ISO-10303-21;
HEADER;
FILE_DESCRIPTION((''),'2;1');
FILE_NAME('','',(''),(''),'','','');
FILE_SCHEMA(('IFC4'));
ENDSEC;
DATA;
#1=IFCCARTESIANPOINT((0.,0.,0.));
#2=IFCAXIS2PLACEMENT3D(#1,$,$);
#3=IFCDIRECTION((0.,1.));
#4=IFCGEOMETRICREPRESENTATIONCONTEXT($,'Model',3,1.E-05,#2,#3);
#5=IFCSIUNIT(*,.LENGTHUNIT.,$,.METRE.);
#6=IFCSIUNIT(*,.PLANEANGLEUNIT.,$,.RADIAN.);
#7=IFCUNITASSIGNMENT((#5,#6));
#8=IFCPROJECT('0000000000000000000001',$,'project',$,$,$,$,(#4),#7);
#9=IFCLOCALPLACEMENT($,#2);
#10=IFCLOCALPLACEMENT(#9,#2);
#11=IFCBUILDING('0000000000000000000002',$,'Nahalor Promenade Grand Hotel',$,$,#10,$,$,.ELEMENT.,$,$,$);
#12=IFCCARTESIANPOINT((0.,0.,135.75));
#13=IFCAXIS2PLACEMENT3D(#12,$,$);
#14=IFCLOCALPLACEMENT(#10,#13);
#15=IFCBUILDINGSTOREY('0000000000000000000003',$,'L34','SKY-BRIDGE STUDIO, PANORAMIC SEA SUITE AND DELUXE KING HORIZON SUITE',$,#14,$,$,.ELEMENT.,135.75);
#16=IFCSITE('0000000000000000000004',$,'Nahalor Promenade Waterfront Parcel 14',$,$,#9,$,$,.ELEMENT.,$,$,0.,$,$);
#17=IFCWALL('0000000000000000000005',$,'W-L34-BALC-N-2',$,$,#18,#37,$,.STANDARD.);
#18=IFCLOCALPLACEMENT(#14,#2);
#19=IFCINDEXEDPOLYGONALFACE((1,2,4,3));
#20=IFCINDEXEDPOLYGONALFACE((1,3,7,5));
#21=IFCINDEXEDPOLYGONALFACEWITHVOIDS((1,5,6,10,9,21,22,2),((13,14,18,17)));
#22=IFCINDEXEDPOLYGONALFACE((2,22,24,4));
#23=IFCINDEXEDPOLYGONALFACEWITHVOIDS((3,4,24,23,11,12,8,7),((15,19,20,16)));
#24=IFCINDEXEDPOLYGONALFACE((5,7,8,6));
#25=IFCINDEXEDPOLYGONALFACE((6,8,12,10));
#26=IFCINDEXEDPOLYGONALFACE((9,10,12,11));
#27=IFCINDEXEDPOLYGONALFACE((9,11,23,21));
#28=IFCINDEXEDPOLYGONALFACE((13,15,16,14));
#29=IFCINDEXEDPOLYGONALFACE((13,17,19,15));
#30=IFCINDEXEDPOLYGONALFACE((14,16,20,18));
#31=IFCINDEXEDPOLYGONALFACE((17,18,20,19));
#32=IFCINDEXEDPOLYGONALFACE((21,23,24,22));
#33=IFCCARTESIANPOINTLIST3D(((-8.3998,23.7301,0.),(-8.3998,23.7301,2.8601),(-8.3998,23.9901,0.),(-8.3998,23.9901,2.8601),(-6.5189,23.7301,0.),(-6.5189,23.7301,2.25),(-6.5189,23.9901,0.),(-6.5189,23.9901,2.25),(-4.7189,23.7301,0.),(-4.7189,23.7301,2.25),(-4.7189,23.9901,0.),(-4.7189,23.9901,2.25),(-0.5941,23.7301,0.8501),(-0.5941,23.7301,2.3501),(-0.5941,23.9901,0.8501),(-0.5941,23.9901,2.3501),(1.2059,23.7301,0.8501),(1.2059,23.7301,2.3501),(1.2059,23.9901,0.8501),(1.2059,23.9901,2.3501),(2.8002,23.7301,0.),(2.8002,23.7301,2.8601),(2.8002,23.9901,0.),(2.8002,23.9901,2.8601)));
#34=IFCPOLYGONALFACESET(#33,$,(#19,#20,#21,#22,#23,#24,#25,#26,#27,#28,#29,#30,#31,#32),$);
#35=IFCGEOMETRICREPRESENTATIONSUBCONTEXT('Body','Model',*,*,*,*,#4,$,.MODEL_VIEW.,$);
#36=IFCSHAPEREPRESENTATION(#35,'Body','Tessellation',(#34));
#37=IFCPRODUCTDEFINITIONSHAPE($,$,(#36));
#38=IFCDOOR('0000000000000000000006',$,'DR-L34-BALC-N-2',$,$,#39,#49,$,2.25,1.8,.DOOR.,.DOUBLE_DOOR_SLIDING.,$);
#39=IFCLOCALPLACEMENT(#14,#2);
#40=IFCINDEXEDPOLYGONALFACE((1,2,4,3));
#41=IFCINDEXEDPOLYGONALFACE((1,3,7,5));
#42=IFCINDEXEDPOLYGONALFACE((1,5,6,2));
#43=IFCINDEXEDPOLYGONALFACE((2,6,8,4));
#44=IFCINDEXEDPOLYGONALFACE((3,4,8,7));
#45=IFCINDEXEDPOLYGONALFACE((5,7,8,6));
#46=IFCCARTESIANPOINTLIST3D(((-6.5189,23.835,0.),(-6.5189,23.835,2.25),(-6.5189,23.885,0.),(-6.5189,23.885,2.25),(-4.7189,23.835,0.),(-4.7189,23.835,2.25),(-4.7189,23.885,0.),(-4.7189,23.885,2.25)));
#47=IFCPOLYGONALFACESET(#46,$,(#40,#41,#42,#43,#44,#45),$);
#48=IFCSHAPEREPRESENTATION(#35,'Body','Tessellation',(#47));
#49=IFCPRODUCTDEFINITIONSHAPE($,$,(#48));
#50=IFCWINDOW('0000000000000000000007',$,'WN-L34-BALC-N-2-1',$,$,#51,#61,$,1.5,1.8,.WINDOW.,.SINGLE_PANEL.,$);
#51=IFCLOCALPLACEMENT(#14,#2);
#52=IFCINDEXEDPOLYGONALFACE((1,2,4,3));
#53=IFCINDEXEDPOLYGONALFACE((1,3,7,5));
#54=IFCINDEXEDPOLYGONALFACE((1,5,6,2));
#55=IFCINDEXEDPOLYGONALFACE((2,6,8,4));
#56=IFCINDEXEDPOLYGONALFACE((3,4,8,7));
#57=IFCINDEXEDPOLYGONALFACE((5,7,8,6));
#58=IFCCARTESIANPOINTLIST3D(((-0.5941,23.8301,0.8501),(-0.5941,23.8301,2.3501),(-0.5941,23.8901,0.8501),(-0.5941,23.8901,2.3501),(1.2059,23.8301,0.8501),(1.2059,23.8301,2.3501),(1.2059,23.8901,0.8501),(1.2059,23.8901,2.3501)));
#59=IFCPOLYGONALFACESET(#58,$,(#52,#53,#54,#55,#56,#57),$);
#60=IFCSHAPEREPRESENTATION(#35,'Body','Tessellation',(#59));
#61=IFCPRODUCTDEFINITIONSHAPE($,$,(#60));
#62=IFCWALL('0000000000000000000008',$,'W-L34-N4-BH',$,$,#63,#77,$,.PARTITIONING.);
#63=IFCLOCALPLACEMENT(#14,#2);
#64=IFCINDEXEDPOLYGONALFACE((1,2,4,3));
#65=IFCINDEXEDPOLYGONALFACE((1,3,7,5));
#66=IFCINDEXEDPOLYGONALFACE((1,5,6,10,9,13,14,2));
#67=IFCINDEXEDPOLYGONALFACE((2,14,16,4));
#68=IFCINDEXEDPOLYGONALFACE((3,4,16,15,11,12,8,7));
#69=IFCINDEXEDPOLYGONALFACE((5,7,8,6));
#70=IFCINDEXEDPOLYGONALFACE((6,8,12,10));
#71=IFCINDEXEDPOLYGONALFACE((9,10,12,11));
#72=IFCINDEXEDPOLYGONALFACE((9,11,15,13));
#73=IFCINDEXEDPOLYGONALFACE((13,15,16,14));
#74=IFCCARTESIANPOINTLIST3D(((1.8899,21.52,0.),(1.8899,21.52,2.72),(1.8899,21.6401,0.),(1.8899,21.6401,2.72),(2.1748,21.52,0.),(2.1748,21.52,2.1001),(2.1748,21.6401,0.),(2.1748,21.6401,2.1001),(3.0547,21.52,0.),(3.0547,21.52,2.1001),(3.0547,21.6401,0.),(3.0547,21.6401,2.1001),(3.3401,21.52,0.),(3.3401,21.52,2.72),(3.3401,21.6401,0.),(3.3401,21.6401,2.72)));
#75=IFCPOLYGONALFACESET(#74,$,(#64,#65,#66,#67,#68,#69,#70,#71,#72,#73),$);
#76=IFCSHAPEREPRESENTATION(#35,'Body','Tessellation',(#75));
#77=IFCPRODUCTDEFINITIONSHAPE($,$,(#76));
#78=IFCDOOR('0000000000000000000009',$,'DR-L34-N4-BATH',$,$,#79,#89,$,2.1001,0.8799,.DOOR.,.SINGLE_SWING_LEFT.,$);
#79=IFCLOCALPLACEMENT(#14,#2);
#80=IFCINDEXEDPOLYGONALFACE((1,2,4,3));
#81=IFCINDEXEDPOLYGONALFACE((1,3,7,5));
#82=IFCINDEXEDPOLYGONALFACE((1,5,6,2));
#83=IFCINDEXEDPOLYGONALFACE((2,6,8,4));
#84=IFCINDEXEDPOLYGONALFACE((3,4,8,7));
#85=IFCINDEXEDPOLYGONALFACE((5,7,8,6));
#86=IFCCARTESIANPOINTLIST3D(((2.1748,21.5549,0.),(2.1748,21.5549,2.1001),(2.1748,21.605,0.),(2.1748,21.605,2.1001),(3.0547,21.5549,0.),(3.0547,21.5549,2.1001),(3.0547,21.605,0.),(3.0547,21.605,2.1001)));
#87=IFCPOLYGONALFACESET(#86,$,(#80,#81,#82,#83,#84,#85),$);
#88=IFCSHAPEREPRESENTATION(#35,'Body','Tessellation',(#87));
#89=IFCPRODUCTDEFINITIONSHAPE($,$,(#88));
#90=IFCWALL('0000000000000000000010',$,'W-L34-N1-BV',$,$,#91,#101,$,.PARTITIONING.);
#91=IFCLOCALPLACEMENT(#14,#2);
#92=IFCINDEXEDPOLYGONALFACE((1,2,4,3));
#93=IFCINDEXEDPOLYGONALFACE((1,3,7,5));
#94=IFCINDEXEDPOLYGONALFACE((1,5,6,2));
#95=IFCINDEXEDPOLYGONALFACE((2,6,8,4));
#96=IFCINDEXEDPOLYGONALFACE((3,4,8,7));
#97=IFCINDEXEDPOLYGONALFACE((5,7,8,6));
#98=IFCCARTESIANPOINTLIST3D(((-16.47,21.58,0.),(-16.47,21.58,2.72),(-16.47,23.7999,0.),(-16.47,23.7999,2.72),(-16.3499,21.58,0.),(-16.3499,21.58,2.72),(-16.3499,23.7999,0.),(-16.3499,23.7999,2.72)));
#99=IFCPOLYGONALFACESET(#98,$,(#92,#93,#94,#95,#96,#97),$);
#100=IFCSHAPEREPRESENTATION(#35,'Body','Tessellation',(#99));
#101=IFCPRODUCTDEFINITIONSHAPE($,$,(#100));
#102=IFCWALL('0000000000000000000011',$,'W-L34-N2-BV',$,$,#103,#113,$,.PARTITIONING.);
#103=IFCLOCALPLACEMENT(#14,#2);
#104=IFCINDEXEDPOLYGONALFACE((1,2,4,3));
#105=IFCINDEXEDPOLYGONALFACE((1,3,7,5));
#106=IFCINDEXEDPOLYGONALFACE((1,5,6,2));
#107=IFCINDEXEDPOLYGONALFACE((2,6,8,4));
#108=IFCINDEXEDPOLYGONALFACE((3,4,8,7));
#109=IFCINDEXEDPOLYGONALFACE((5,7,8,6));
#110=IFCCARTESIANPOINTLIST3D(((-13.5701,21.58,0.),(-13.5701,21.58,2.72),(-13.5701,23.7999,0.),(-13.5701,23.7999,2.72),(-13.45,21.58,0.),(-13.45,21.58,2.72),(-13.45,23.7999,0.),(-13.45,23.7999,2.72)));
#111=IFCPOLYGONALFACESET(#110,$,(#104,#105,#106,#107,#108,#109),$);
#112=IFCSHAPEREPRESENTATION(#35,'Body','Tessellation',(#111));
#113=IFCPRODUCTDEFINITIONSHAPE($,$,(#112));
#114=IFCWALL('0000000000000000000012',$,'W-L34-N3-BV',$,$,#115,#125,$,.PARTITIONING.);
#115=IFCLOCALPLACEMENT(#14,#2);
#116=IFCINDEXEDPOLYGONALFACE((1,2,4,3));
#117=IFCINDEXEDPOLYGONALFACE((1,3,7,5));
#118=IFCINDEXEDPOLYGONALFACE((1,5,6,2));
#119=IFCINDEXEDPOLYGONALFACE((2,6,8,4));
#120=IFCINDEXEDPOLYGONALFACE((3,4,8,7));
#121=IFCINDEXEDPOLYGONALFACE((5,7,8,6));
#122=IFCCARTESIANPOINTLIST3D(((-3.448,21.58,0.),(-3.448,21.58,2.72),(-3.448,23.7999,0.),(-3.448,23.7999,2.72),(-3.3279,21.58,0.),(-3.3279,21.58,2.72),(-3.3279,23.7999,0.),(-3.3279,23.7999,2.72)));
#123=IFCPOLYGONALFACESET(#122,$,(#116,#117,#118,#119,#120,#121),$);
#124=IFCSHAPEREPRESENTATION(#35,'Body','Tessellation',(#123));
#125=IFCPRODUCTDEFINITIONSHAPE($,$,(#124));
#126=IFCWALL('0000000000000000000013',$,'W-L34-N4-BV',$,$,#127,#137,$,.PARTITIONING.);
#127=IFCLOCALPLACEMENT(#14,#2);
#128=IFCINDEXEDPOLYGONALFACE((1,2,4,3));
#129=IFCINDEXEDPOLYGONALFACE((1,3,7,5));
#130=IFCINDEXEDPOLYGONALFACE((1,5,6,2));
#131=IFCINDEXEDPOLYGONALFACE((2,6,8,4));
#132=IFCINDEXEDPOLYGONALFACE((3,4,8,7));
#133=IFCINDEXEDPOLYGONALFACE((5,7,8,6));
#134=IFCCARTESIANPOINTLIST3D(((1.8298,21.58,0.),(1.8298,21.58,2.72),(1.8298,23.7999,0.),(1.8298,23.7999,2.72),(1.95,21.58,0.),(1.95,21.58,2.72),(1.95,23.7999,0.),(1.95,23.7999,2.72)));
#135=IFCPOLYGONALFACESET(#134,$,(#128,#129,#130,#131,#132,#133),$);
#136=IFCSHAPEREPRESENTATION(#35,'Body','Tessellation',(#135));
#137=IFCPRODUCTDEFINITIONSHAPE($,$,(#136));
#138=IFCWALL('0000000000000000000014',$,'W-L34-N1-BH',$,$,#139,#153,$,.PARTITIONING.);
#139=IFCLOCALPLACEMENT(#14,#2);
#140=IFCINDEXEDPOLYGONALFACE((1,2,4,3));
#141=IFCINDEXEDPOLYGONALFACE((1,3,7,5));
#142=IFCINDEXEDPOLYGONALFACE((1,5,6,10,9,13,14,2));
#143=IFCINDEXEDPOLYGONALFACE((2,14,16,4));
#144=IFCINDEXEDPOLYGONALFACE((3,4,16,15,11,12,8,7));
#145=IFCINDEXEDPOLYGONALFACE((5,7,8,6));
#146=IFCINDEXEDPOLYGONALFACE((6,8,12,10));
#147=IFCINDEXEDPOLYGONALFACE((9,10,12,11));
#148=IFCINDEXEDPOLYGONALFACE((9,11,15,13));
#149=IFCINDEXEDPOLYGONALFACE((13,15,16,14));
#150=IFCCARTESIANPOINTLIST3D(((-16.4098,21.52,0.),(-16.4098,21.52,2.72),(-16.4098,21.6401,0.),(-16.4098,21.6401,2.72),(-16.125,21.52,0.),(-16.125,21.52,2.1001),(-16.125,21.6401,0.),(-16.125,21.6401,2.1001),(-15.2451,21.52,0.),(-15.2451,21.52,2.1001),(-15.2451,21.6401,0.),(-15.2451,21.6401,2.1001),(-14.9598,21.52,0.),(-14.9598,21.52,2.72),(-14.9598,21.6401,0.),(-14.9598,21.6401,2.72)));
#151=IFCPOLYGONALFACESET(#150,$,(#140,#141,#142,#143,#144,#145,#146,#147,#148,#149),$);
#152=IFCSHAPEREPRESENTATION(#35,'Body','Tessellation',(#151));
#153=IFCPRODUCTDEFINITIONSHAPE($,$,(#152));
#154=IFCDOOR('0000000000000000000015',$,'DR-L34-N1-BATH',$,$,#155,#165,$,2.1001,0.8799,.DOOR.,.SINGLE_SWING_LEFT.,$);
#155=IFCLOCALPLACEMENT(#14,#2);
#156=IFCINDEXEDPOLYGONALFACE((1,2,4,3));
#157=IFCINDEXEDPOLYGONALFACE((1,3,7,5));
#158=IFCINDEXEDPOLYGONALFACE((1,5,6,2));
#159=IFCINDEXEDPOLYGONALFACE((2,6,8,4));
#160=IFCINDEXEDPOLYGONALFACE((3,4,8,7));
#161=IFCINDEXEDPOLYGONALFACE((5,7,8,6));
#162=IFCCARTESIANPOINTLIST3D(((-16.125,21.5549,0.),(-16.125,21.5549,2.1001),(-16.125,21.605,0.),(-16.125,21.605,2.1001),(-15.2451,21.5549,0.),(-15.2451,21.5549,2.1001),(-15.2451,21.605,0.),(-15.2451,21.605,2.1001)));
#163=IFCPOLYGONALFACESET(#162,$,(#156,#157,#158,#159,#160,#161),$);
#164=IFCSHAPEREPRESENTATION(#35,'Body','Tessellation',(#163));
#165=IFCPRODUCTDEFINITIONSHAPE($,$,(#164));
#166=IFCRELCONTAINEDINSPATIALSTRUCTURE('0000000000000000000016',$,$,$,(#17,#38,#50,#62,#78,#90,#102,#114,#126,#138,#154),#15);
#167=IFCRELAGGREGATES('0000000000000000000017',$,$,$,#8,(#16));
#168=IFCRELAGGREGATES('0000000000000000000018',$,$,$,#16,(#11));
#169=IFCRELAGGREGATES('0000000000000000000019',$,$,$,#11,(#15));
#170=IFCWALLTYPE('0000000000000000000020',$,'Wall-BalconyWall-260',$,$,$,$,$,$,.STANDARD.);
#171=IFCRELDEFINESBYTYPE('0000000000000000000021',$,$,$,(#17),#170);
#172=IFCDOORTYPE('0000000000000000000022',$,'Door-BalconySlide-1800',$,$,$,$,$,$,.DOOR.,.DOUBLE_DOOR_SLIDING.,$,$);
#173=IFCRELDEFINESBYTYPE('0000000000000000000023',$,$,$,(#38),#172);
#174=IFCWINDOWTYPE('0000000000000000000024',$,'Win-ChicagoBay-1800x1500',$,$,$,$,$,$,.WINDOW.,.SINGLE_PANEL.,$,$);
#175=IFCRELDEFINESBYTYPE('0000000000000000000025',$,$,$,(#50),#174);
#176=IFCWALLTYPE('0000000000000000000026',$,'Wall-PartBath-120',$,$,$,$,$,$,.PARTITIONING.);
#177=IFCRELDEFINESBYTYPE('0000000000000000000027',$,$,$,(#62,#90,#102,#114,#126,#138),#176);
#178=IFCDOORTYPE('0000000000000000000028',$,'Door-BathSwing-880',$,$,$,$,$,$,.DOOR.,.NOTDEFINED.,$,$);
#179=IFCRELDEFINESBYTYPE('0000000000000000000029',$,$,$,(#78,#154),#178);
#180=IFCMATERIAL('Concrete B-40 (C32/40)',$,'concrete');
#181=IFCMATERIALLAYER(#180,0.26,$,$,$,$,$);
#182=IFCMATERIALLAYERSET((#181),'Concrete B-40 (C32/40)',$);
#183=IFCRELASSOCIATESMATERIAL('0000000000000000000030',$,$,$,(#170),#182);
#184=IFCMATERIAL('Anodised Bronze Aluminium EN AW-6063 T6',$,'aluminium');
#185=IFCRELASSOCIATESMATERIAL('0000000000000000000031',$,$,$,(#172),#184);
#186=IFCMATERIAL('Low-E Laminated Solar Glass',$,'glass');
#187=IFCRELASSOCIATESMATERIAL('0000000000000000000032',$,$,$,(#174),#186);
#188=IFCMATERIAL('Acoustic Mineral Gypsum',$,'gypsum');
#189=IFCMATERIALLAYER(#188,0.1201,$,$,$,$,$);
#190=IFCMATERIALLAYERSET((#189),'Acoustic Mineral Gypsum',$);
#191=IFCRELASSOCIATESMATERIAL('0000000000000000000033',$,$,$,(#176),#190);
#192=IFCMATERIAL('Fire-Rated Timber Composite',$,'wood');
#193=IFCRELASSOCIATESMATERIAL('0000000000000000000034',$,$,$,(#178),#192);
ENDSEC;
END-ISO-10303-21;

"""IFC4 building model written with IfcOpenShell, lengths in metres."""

from ifc_helpers import new_model, si_unit, direction, frame, frame_2d, origin, place, context, subcontext, project, spatial, rectangle, extrude, source, transform, mapped, material, layer, layer_set, type_object, element, fill, save


model = new_model("IFC4")

# Units and contexts
model_context = context("Model", 3, precision=1e-05, world=origin(), true_north=direction((0.0, 1.0)))
body_context = subcontext(model_context, "Body", "Model", "MODEL_VIEW")
ifc_project = project(units=[si_unit("LENGTHUNIT", "METRE"), si_unit("PLANEANGLEUNIT", "RADIAN")], contexts=[model_context])

# Site, building, storey
site_placement = place(None, origin())
site = spatial("IfcSite", under=ifc_project, at=site_placement, Name="Nahalor Promenade Waterfront Parcel 14", CompositionType="ELEMENT", RefElevation=0.0)
building_placement = place(site_placement, origin())
building = spatial("IfcBuilding", under=site, at=building_placement, Name="Nahalor Promenade Grand Hotel", CompositionType="ELEMENT")
storey_placement = place(building_placement, frame((0.0, 0.0, 135.75)))
storey = spatial("IfcBuildingStorey", under=building, at=storey_placement, Name="L34", Description="SKY-BRIDGE STUDIO, PANORAMIC SEA SUITE AND DELUXE KING HORIZON SUITE", CompositionType="ELEMENT", Elevation=135.75)

# Shared definitions
ifc_material_1 = material(Name="Anodised Bronze Aluminium EN AW-6063 T6", Category="aluminium")

# Shared definitions
ifc_material_2 = material(Name="Low-E Laminated Solar Glass", Category="glass")

# Wall, openings, door, window
ifc_material_3 = material(Name="Concrete B-40 (C32/40)", Category="concrete")
ifc_layer_1 = layer(ifc_material_3, 0.26)
ifc_layer_set_1 = layer_set([ifc_layer_1], Name="Concrete B-40 (C32/40)")
wall_type_1 = type_object("IfcWallType", Name="Wall-BalconyWall-260", PredefinedType="STANDARD", material=ifc_layer_set_1)
shared_shape_1 = source(origin(), body_context, "Body", "SweptSolid", [
    extrude(rectangle(XDim=11.2, YDim=0.26, at=frame_2d((5.6001, 0.0))), origin(), (0.0, 0.0, 1.0), 2.8601),
])
wall_1_placement = place(storey_placement, frame((-8.3999, 23.8601, 0.0), z_axis=(0.0, 0.0, 1.0), x_axis=(1.0, 0.0, 0.0)))
wall_1 = element("IfcWall", 1, at=wall_1_placement, inside=storey, type_object=wall_type_1, Name="W-L34-BALC-N-2", PredefinedType="STANDARD", context=body_context, shape_type="MappedRepresentation", body=[
    mapped(shared_shape_1, transform((0.0, 0.0, 0.0), scale=1.0)),
])
opening_1_placement = place(wall_1_placement, frame((1.8811, 0.0, 0.0)))
opening_1 = element("IfcOpeningElement", 2, at=opening_1_placement, cuts=wall_1, PredefinedType="OPENING", context=body_context, shape_type="SweptSolid", body=[
    extrude(rectangle(XDim=1.8, YDim=2.25, at=frame_2d((0.8999, 1.125))), frame((0.0, 0.1399, 0.0), z_axis=(0.0, -1.0, 0.0), x_axis=(1.0, 0.0, 0.0)), (0.0, 0.0, 1.0), 0.28),
])
opening_2_placement = place(wall_1_placement, frame((7.8059, 0.0, 0.8501)))
opening_2 = element("IfcOpeningElement", 3, at=opening_2_placement, cuts=wall_1, PredefinedType="OPENING", context=body_context, shape_type="SweptSolid", body=[
    extrude(rectangle(XDim=1.8, YDim=1.5, at=frame_2d((0.8999, 0.75))), frame((0.0, 0.1399, 0.0), z_axis=(0.0, -1.0, 0.0), x_axis=(1.0, 0.0, 0.0)), (0.0, 0.0, 1.0), 0.28),
])
door_type_1 = type_object("IfcDoorType", Name="Door-BalconySlide-1800", OperationType="DOUBLE_DOOR_SLIDING", PredefinedType="DOOR", material=ifc_material_1)
shared_shape_2 = source(origin(), body_context, "Body", "SweptSolid", [
    extrude(rectangle(XDim=1.8, YDim=2.25, at=frame_2d((0.8999, 1.125))), frame((0.0, 0.0249, 0.0), z_axis=(0.0, -1.0, 0.0), x_axis=(1.0, 0.0, 0.0)), (0.0, 0.0, 1.0), 0.05),
])
door_1_placement = place(opening_1_placement, origin())
door_1 = element("IfcDoor", 4, at=door_1_placement, inside=storey, type_object=door_type_1, Name="DR-L34-BALC-N-2", OperationType="DOUBLE_DOOR_SLIDING", OverallHeight=2.25, OverallWidth=1.8, PredefinedType="DOOR", context=body_context, shape_type="MappedRepresentation", body=[
    mapped(shared_shape_2, transform((0.0, 0.0, 0.0), scale=1.0)),
])
fill(opening_1, door_1)
window_type = type_object("IfcWindowType", Name="Win-ChicagoBay-1800x1500", PartitioningType="SINGLE_PANEL", PredefinedType="WINDOW", material=ifc_material_2)
shared_shape_3 = source(origin(), body_context, "Body", "SweptSolid", [
    extrude(rectangle(XDim=1.8, YDim=1.5, at=frame_2d((0.8999, 0.75))), frame((0.0, 0.03, 0.0), z_axis=(0.0, -1.0, 0.0), x_axis=(1.0, 0.0, 0.0)), (0.0, 0.0, 1.0), 0.0601),
])
window_placement = place(opening_2_placement, origin())
window = element("IfcWindow", 5, at=window_placement, inside=storey, type_object=window_type, Name="WN-L34-BALC-N-2-1", OverallHeight=1.5, OverallWidth=1.8, PartitioningType="SINGLE_PANEL", PredefinedType="WINDOW", context=body_context, shape_type="MappedRepresentation", body=[
    mapped(shared_shape_3, transform((0.0, 0.0, 0.0), scale=1.0)),
])
fill(opening_2, window)

# Wall, opening, door
ifc_material_4 = material(Name="Acoustic Mineral Gypsum", Category="gypsum")
ifc_layer_2 = layer(ifc_material_4, 0.1201)
ifc_layer_set_2 = layer_set([ifc_layer_2], Name="Acoustic Mineral Gypsum")
wall_type_2 = type_object("IfcWallType", Name="Wall-PartBath-120", PredefinedType="PARTITIONING", material=ifc_layer_set_2)
shared_shape_4 = source(origin(), body_context, "Body", "SweptSolid", [
    extrude(rectangle(XDim=1.4502, YDim=0.1201, at=frame_2d((0.7251, 0.0))), origin(), (0.0, 0.0, 1.0), 2.72),
])
wall_2_placement = place(storey_placement, frame((1.8899, 21.5801, 0.0), z_axis=(0.0, 0.0, 1.0), x_axis=(1.0, 0.0, 0.0)))
wall_2 = element("IfcWall", 6, at=wall_2_placement, inside=storey, type_object=wall_type_2, Name="W-L34-N4-BH", PredefinedType="PARTITIONING", context=body_context, shape_type="MappedRepresentation", body=[
    mapped(shared_shape_4, transform((0.0, 0.0, 0.0), scale=1.0)),
])
opening_3_placement = place(wall_2_placement, frame((0.2849, 0.0, 0.0)))
opening_3 = element("IfcOpeningElement", 7, at=opening_3_placement, cuts=wall_2, PredefinedType="OPENING", context=body_context, shape_type="SweptSolid", body=[
    extrude(rectangle(XDim=0.8799, YDim=2.1001, at=frame_2d((0.4399, 1.05))), frame((0.0, 0.0701, 0.0), z_axis=(0.0, -1.0, 0.0), x_axis=(1.0, 0.0, 0.0)), (0.0, 0.0, 1.0), 0.1401),
])
ifc_material_5 = material(Name="Fire-Rated Timber Composite", Category="wood")
door_type_2 = type_object("IfcDoorType", Name="Door-BathSwing-880", OperationType="NOTDEFINED", PredefinedType="DOOR", material=ifc_material_5)
shared_shape_5 = source(origin(), body_context, "Body", "SweptSolid", [
    extrude(rectangle(XDim=0.8799, YDim=2.1001, at=frame_2d((0.4399, 1.05))), frame((0.0, 0.0249, 0.0), z_axis=(0.0, -1.0, 0.0), x_axis=(1.0, 0.0, 0.0)), (0.0, 0.0, 1.0), 0.05),
])
door_2_placement = place(opening_3_placement, origin())
door_2 = element("IfcDoor", 8, at=door_2_placement, inside=storey, type_object=door_type_2, Name="DR-L34-N4-BATH", OperationType="SINGLE_SWING_LEFT", OverallHeight=2.1001, OverallWidth=0.8799, PredefinedType="DOOR", context=body_context, shape_type="MappedRepresentation", body=[
    mapped(shared_shape_5, transform((0.0, 0.0, 0.0), scale=1.0)),
])
fill(opening_3, door_2)

# Walls
shared_shape_6 = source(origin(), body_context, "Body", "SweptSolid", [
    extrude(rectangle(XDim=2.22, YDim=0.1201, at=frame_2d((1.1099, 0.0))), origin(), (0.0, 0.0, 1.0), 2.72),
])
for number, where, z_axis, x_axis, name in (
    (9, (-16.4099, 21.5801, 0.0), (0.0, 0.0, 1.0), (0.0, 1.0, 0.0), "W-L34-N1-BV"),
    (10, (-13.51, 21.5801, 0.0), (0.0, 0.0, 1.0), (0.0, 1.0, 0.0), "W-L34-N2-BV"),
    (11, (-3.3879, 21.5801, 0.0), (0.0, 0.0, 1.0), (0.0, 1.0, 0.0), "W-L34-N3-BV"),
    (12, (1.8899, 21.5801, 0.0), (0.0, 0.0, 1.0), (0.0, 1.0, 0.0), "W-L34-N4-BV"),
):
    element("IfcWall", number, at=place(storey_placement, frame(where, z_axis=z_axis, x_axis=x_axis)), inside=storey, type_object=wall_type_2, Name=name, PredefinedType="PARTITIONING", context=body_context, shape_type="MappedRepresentation", body=[
        mapped(shared_shape_6, transform((0.0, 0.0, 0.0), scale=1.0)),
    ])

# Wall, opening, door
shared_shape_7 = source(origin(), body_context, "Body", "SweptSolid", [
    extrude(rectangle(XDim=1.45, YDim=0.1201, at=frame_2d((0.7251, 0.0))), origin(), (0.0, 0.0, 1.0), 2.72),
])
wall_3_placement = place(storey_placement, frame((-16.4099, 21.5801, 0.0), z_axis=(0.0, 0.0, 1.0), x_axis=(1.0, 0.0, 0.0)))
wall_3 = element("IfcWall", 13, at=wall_3_placement, inside=storey, type_object=wall_type_2, Name="W-L34-N1-BH", PredefinedType="PARTITIONING", context=body_context, shape_type="MappedRepresentation", body=[
    mapped(shared_shape_7, transform((0.0, 0.0, 0.0), scale=1.0)),
])
opening_4_placement = place(wall_3_placement, frame((0.2849, 0.0, 0.0)))
opening_4 = element("IfcOpeningElement", 14, at=opening_4_placement, cuts=wall_3, PredefinedType="OPENING", context=body_context, shape_type="SweptSolid", body=[
    extrude(rectangle(XDim=0.8799, YDim=2.1001, at=frame_2d((0.4399, 1.05))), frame((0.0, 0.0701, 0.0), z_axis=(0.0, -1.0, 0.0), x_axis=(1.0, 0.0, 0.0)), (0.0, 0.0, 1.0), 0.1401),
])
door_3_placement = place(opening_4_placement, origin())
door_3 = element("IfcDoor", 15, at=door_3_placement, inside=storey, type_object=door_type_2, Name="DR-L34-N1-BATH", OperationType="SINGLE_SWING_LEFT", OverallHeight=2.1001, OverallWidth=0.8799, PredefinedType="DOOR", context=body_context, shape_type="MappedRepresentation", body=[
    mapped(shared_shape_5, transform((0.0, 0.0, 0.0), scale=1.0)),
])
fill(opening_4, door_3)

save(model, "model.ifc")
